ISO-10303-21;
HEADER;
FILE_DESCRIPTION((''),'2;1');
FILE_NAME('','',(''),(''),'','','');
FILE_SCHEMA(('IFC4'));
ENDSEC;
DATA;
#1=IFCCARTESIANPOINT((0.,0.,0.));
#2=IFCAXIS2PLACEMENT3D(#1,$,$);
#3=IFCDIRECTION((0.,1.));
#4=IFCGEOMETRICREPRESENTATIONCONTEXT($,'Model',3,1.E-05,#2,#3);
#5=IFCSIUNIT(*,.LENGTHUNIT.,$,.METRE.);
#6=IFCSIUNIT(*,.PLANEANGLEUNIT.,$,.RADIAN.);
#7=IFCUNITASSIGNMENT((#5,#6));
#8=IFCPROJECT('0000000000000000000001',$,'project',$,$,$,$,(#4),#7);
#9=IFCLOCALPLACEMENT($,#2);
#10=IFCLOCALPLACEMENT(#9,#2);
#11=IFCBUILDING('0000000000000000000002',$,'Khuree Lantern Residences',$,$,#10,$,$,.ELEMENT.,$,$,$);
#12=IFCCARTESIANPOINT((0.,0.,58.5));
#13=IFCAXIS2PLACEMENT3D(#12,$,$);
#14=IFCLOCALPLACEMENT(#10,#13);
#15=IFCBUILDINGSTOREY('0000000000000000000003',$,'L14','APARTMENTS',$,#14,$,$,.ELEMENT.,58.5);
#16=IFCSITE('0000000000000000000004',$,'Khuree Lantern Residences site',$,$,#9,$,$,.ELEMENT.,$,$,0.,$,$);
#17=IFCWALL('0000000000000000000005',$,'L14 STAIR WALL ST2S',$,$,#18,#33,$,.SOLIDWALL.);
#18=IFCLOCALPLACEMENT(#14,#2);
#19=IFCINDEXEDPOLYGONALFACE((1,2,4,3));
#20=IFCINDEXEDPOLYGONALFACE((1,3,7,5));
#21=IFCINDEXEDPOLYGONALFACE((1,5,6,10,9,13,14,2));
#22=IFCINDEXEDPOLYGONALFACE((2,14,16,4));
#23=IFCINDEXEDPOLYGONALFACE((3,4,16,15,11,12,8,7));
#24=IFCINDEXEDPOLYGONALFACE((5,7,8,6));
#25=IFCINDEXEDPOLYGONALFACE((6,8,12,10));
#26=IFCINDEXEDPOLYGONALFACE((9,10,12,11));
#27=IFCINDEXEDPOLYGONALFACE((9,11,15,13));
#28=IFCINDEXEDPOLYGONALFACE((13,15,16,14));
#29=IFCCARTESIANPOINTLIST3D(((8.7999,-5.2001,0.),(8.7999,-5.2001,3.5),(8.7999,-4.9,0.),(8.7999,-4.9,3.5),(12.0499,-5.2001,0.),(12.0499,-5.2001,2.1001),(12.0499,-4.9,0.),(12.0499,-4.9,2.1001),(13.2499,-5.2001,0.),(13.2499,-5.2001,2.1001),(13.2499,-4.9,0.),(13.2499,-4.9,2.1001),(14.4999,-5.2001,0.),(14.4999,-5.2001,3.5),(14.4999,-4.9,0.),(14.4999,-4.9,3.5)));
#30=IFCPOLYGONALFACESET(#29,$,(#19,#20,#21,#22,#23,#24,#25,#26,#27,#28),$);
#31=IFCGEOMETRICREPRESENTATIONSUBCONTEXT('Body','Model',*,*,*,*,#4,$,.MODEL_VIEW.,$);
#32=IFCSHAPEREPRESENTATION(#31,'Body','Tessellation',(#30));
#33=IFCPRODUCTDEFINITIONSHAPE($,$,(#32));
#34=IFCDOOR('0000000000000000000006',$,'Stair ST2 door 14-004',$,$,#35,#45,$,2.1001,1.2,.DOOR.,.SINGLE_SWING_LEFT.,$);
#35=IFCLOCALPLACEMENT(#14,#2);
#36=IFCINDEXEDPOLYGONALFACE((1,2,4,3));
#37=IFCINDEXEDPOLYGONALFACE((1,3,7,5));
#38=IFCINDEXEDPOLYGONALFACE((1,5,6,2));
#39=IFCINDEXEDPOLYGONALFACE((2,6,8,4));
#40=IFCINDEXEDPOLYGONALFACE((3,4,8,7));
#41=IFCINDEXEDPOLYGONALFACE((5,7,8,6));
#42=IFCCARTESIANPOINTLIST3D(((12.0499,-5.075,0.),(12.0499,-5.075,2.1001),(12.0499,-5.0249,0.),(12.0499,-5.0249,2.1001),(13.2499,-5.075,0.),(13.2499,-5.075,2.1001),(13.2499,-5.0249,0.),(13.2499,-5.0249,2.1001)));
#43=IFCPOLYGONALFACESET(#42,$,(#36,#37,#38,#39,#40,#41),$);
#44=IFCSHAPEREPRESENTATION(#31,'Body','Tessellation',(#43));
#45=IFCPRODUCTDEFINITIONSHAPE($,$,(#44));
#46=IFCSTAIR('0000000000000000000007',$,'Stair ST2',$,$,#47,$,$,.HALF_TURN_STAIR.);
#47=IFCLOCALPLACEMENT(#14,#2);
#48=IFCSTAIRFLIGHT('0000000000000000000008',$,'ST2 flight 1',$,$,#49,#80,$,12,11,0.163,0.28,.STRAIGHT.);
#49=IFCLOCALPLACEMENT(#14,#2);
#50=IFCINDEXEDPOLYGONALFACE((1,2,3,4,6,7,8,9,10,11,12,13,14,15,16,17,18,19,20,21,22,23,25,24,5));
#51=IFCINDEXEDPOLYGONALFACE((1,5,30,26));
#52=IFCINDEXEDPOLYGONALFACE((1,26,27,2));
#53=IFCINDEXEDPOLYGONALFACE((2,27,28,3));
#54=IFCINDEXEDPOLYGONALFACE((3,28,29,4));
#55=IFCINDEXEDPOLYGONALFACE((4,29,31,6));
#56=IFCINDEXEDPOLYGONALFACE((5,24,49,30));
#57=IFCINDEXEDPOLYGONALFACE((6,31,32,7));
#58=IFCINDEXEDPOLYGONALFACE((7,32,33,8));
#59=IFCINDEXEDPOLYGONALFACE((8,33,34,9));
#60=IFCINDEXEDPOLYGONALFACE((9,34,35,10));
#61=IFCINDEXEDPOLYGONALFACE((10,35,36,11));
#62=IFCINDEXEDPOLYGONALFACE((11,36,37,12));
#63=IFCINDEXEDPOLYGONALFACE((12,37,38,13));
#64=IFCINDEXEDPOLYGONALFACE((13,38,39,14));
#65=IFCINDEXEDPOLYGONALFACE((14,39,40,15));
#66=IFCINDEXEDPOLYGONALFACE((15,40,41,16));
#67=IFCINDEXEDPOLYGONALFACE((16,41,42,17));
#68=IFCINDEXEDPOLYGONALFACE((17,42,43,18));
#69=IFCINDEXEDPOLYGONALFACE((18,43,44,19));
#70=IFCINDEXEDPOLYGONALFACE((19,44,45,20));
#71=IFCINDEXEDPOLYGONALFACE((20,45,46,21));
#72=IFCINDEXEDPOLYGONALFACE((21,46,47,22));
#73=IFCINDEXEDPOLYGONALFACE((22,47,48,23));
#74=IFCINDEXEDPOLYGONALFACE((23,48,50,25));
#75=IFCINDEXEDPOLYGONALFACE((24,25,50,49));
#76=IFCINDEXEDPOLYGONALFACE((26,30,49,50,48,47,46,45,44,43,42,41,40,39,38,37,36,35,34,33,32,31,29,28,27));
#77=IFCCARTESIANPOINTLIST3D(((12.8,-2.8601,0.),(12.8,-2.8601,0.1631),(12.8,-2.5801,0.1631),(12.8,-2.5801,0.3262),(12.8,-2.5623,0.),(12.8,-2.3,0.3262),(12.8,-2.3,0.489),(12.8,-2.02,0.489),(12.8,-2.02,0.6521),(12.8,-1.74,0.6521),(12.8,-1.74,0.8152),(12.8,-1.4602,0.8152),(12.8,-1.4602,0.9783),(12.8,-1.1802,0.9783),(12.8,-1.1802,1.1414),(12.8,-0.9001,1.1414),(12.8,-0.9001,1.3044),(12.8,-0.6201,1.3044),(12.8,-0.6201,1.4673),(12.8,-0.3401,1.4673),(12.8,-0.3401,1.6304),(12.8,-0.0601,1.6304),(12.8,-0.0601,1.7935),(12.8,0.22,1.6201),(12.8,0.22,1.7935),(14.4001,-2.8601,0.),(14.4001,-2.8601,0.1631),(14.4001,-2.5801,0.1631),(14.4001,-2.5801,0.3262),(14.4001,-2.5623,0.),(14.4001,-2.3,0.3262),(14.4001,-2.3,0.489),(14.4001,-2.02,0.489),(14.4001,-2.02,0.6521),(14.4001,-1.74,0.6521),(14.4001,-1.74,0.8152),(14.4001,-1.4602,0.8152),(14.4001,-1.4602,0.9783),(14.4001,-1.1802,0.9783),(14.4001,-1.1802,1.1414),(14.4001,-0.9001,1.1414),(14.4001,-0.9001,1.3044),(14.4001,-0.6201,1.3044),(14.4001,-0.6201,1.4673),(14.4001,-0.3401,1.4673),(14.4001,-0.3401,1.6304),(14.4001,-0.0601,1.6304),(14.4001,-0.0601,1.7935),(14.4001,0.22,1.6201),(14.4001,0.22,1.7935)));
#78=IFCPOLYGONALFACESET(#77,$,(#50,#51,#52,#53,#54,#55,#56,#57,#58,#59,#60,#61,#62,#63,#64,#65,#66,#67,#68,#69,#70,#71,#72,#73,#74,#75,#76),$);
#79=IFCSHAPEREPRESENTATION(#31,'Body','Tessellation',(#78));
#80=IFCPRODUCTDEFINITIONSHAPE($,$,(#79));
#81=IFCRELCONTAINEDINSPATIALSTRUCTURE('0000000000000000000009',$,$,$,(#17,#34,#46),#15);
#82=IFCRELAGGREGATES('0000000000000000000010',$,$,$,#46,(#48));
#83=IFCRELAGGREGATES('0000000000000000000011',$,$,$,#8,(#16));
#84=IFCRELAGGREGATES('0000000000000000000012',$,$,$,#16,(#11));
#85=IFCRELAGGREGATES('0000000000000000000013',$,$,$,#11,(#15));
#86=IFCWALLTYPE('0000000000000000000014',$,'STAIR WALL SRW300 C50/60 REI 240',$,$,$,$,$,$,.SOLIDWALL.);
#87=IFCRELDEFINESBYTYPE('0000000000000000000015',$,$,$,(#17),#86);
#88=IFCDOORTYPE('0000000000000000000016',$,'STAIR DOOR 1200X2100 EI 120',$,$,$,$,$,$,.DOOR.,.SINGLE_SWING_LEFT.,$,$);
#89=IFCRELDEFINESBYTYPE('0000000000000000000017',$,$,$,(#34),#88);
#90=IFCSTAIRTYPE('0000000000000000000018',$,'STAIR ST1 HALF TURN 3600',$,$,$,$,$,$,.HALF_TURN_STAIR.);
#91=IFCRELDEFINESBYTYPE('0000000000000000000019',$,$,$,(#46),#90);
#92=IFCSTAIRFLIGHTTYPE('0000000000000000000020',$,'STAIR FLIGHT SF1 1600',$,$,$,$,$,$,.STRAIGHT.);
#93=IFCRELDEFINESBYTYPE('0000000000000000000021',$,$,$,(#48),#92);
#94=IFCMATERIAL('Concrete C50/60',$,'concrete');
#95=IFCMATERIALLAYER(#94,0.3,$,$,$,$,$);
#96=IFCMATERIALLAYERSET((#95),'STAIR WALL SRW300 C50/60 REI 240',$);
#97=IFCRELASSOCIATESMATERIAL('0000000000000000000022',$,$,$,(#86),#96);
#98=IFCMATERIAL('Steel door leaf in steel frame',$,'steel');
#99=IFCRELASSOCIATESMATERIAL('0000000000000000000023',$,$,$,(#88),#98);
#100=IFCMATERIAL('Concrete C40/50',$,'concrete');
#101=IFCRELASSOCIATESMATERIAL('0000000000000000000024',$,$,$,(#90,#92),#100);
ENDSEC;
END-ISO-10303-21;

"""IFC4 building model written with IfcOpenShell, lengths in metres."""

from ifc_helpers import new_model, si_unit, direction, frame, frame_2d, origin, place, context, subcontext, project, spatial, polyline, rectangle, outline, extrude, material, layer, layer_set, type_object, element, fill, aggregate, save


model = new_model("IFC4")

# Units and contexts
model_context = context("Model", 3, precision=1e-05, world=origin(), true_north=direction((0.0, 1.0)))
body_context = subcontext(model_context, "Body", "Model", "MODEL_VIEW")
ifc_project = project(units=[si_unit("LENGTHUNIT", "METRE"), si_unit("PLANEANGLEUNIT", "RADIAN")], contexts=[model_context])

# Site, building, storey
site_placement = place(None, origin())
site = spatial("IfcSite", under=ifc_project, at=site_placement, Name="Khuree Lantern Residences site", CompositionType="ELEMENT", RefElevation=0.0)
building_placement = place(site_placement, origin())
building = spatial("IfcBuilding", under=site, at=building_placement, Name="Khuree Lantern Residences", CompositionType="ELEMENT")
storey_placement = place(building_placement, frame((0.0, 0.0, 58.5)))
storey = spatial("IfcBuildingStorey", under=building, at=storey_placement, Name="L14", Description="APARTMENTS", CompositionType="ELEMENT", Elevation=58.5)

# Shared definitions
ifc_material_1 = material(Name="Steel door leaf in steel frame", Category="steel")

# Shared definitions
ifc_material_2 = material(Name="Concrete C50/60", Category="concrete")
ifc_layer_1 = layer(ifc_material_2, 0.3)
ifc_layer_set_1 = layer_set([ifc_layer_1], Name="STAIR WALL SRW300 C50/60 REI 240")
wall_type_1 = type_object("IfcWallType", Name="STAIR WALL SRW300 C50/60 REI 240", PredefinedType="SOLIDWALL", material=ifc_layer_set_1)

# Wall, opening, door
wall_1_placement = place(storey_placement, frame((14.5, -5.05, 0.0), z_axis=(0.0, 0.0, 1.0), x_axis=(-1.0, 0.0, 0.0)))
wall_1 = element("IfcWall", 1, at=wall_1_placement, inside=storey, type_object=wall_type_1, Name="L14 STAIR WALL ST2S", PredefinedType="SOLIDWALL", context=body_context, shape_type="SweptSolid", body=[
    extrude(rectangle(XDim=5.7, YDim=0.3, at=frame_2d((2.8501, 0.0))), origin(), (0.0, 0.0, 1.0), 3.5),
])
opening_1_placement = place(wall_1_placement, frame((1.25, 0.0, 0.0)))
opening_1 = element("IfcOpeningElement", 2, at=opening_1_placement, cuts=wall_1, PredefinedType="OPENING", context=body_context, shape_type="SweptSolid", body=[
    extrude(rectangle(XDim=1.2, YDim=2.1001, at=frame_2d((0.6001, 1.05))), frame((0.0, 0.1602, 0.0), z_axis=(0.0, -1.0, 0.0), x_axis=(1.0, 0.0, 0.0)), (0.0, 0.0, 1.0), 0.3201),
])
door_type_1 = type_object("IfcDoorType", Name="STAIR DOOR 1200X2100 EI 120", OperationType="SINGLE_SWING_LEFT", PredefinedType="DOOR", material=ifc_material_1)
door_1_placement = place(opening_1_placement, origin())
door_1 = element("IfcDoor", 3, at=door_1_placement, inside=storey, type_object=door_type_1, Name="Stair ST2 door 14-004", OperationType="SINGLE_SWING_LEFT", OverallHeight=2.1001, OverallWidth=1.2, PredefinedType="DOOR", context=body_context, shape_type="SweptSolid", body=[
    extrude(rectangle(XDim=1.2, YDim=2.1001, at=frame_2d((0.6001, 1.05))), frame((0.0, 0.0249, 0.0), z_axis=(0.0, -1.0, 0.0), x_axis=(1.0, 0.0, 0.0)), (0.0, 0.0, 1.0), 0.05),
])
fill(opening_1, door_1)

# Stair, stair flight
ifc_material_3 = material(Name="Concrete C40/50", Category="concrete")
stair_type = type_object("IfcStairType", Name="STAIR ST1 HALF TURN 3600", PredefinedType="HALF_TURN_STAIR", material=ifc_material_3)
stair_placement = place(storey_placement, origin())
stair = element("IfcStair", 4, at=stair_placement, inside=storey, type_object=stair_type, Name="Stair ST2", PredefinedType="HALF_TURN_STAIR")
stair_flight_type = type_object("IfcStairFlightType", Name="STAIR FLIGHT SF1 1600", PredefinedType="STRAIGHT", material=ifc_material_3)
stair_flight_placement = place(storey_placement, frame((13.6001, -2.8601, 0.0), z_axis=(0.0, 0.0, 1.0), x_axis=(0.0, 1.0, 0.0)))
stair_flight = element("IfcStairFlight", 5, at=stair_flight_placement, type_object=stair_flight_type, Name="ST2 flight 1", NumberOfRisers=12, NumberOfTreads=11, PredefinedType="STRAIGHT", RiserHeight=0.163, TreadLength=0.28, context=body_context, shape_type="SweptSolid", body=[
    extrude(outline(polyline([(0.0, 0.0), (0.0, 0.1631), (0.28, 0.1631), (0.28, 0.3262), (0.5601, 0.3262), (0.5601, 0.489), (0.8401, 0.489), (0.8401, 0.6521), (1.1201, 0.6521), (1.1201, 0.8152), (1.3999, 0.8152), (1.3999, 0.9783), (1.6799, 0.9783), (1.6799, 1.1414), (1.96, 1.1414), (1.96, 1.3044), (2.24, 1.3044), (2.24, 1.4673), (2.52, 1.4673), (2.52, 1.6304), (2.8, 1.6304), (2.8, 1.7935), (3.0801, 1.7935), (3.0801, 1.9565), (3.0801, 1.6201), (0.2979, 0.0), (0.0, 0.0)])), frame((0.0, 0.8, 0.0), z_axis=(0.0, -1.0, 0.0), x_axis=(1.0, 0.0, 0.0)), (0.0, 0.0, 1.0), 1.6001),
])
aggregate(stair, [stair_flight])

save(model, "model.ifc")
